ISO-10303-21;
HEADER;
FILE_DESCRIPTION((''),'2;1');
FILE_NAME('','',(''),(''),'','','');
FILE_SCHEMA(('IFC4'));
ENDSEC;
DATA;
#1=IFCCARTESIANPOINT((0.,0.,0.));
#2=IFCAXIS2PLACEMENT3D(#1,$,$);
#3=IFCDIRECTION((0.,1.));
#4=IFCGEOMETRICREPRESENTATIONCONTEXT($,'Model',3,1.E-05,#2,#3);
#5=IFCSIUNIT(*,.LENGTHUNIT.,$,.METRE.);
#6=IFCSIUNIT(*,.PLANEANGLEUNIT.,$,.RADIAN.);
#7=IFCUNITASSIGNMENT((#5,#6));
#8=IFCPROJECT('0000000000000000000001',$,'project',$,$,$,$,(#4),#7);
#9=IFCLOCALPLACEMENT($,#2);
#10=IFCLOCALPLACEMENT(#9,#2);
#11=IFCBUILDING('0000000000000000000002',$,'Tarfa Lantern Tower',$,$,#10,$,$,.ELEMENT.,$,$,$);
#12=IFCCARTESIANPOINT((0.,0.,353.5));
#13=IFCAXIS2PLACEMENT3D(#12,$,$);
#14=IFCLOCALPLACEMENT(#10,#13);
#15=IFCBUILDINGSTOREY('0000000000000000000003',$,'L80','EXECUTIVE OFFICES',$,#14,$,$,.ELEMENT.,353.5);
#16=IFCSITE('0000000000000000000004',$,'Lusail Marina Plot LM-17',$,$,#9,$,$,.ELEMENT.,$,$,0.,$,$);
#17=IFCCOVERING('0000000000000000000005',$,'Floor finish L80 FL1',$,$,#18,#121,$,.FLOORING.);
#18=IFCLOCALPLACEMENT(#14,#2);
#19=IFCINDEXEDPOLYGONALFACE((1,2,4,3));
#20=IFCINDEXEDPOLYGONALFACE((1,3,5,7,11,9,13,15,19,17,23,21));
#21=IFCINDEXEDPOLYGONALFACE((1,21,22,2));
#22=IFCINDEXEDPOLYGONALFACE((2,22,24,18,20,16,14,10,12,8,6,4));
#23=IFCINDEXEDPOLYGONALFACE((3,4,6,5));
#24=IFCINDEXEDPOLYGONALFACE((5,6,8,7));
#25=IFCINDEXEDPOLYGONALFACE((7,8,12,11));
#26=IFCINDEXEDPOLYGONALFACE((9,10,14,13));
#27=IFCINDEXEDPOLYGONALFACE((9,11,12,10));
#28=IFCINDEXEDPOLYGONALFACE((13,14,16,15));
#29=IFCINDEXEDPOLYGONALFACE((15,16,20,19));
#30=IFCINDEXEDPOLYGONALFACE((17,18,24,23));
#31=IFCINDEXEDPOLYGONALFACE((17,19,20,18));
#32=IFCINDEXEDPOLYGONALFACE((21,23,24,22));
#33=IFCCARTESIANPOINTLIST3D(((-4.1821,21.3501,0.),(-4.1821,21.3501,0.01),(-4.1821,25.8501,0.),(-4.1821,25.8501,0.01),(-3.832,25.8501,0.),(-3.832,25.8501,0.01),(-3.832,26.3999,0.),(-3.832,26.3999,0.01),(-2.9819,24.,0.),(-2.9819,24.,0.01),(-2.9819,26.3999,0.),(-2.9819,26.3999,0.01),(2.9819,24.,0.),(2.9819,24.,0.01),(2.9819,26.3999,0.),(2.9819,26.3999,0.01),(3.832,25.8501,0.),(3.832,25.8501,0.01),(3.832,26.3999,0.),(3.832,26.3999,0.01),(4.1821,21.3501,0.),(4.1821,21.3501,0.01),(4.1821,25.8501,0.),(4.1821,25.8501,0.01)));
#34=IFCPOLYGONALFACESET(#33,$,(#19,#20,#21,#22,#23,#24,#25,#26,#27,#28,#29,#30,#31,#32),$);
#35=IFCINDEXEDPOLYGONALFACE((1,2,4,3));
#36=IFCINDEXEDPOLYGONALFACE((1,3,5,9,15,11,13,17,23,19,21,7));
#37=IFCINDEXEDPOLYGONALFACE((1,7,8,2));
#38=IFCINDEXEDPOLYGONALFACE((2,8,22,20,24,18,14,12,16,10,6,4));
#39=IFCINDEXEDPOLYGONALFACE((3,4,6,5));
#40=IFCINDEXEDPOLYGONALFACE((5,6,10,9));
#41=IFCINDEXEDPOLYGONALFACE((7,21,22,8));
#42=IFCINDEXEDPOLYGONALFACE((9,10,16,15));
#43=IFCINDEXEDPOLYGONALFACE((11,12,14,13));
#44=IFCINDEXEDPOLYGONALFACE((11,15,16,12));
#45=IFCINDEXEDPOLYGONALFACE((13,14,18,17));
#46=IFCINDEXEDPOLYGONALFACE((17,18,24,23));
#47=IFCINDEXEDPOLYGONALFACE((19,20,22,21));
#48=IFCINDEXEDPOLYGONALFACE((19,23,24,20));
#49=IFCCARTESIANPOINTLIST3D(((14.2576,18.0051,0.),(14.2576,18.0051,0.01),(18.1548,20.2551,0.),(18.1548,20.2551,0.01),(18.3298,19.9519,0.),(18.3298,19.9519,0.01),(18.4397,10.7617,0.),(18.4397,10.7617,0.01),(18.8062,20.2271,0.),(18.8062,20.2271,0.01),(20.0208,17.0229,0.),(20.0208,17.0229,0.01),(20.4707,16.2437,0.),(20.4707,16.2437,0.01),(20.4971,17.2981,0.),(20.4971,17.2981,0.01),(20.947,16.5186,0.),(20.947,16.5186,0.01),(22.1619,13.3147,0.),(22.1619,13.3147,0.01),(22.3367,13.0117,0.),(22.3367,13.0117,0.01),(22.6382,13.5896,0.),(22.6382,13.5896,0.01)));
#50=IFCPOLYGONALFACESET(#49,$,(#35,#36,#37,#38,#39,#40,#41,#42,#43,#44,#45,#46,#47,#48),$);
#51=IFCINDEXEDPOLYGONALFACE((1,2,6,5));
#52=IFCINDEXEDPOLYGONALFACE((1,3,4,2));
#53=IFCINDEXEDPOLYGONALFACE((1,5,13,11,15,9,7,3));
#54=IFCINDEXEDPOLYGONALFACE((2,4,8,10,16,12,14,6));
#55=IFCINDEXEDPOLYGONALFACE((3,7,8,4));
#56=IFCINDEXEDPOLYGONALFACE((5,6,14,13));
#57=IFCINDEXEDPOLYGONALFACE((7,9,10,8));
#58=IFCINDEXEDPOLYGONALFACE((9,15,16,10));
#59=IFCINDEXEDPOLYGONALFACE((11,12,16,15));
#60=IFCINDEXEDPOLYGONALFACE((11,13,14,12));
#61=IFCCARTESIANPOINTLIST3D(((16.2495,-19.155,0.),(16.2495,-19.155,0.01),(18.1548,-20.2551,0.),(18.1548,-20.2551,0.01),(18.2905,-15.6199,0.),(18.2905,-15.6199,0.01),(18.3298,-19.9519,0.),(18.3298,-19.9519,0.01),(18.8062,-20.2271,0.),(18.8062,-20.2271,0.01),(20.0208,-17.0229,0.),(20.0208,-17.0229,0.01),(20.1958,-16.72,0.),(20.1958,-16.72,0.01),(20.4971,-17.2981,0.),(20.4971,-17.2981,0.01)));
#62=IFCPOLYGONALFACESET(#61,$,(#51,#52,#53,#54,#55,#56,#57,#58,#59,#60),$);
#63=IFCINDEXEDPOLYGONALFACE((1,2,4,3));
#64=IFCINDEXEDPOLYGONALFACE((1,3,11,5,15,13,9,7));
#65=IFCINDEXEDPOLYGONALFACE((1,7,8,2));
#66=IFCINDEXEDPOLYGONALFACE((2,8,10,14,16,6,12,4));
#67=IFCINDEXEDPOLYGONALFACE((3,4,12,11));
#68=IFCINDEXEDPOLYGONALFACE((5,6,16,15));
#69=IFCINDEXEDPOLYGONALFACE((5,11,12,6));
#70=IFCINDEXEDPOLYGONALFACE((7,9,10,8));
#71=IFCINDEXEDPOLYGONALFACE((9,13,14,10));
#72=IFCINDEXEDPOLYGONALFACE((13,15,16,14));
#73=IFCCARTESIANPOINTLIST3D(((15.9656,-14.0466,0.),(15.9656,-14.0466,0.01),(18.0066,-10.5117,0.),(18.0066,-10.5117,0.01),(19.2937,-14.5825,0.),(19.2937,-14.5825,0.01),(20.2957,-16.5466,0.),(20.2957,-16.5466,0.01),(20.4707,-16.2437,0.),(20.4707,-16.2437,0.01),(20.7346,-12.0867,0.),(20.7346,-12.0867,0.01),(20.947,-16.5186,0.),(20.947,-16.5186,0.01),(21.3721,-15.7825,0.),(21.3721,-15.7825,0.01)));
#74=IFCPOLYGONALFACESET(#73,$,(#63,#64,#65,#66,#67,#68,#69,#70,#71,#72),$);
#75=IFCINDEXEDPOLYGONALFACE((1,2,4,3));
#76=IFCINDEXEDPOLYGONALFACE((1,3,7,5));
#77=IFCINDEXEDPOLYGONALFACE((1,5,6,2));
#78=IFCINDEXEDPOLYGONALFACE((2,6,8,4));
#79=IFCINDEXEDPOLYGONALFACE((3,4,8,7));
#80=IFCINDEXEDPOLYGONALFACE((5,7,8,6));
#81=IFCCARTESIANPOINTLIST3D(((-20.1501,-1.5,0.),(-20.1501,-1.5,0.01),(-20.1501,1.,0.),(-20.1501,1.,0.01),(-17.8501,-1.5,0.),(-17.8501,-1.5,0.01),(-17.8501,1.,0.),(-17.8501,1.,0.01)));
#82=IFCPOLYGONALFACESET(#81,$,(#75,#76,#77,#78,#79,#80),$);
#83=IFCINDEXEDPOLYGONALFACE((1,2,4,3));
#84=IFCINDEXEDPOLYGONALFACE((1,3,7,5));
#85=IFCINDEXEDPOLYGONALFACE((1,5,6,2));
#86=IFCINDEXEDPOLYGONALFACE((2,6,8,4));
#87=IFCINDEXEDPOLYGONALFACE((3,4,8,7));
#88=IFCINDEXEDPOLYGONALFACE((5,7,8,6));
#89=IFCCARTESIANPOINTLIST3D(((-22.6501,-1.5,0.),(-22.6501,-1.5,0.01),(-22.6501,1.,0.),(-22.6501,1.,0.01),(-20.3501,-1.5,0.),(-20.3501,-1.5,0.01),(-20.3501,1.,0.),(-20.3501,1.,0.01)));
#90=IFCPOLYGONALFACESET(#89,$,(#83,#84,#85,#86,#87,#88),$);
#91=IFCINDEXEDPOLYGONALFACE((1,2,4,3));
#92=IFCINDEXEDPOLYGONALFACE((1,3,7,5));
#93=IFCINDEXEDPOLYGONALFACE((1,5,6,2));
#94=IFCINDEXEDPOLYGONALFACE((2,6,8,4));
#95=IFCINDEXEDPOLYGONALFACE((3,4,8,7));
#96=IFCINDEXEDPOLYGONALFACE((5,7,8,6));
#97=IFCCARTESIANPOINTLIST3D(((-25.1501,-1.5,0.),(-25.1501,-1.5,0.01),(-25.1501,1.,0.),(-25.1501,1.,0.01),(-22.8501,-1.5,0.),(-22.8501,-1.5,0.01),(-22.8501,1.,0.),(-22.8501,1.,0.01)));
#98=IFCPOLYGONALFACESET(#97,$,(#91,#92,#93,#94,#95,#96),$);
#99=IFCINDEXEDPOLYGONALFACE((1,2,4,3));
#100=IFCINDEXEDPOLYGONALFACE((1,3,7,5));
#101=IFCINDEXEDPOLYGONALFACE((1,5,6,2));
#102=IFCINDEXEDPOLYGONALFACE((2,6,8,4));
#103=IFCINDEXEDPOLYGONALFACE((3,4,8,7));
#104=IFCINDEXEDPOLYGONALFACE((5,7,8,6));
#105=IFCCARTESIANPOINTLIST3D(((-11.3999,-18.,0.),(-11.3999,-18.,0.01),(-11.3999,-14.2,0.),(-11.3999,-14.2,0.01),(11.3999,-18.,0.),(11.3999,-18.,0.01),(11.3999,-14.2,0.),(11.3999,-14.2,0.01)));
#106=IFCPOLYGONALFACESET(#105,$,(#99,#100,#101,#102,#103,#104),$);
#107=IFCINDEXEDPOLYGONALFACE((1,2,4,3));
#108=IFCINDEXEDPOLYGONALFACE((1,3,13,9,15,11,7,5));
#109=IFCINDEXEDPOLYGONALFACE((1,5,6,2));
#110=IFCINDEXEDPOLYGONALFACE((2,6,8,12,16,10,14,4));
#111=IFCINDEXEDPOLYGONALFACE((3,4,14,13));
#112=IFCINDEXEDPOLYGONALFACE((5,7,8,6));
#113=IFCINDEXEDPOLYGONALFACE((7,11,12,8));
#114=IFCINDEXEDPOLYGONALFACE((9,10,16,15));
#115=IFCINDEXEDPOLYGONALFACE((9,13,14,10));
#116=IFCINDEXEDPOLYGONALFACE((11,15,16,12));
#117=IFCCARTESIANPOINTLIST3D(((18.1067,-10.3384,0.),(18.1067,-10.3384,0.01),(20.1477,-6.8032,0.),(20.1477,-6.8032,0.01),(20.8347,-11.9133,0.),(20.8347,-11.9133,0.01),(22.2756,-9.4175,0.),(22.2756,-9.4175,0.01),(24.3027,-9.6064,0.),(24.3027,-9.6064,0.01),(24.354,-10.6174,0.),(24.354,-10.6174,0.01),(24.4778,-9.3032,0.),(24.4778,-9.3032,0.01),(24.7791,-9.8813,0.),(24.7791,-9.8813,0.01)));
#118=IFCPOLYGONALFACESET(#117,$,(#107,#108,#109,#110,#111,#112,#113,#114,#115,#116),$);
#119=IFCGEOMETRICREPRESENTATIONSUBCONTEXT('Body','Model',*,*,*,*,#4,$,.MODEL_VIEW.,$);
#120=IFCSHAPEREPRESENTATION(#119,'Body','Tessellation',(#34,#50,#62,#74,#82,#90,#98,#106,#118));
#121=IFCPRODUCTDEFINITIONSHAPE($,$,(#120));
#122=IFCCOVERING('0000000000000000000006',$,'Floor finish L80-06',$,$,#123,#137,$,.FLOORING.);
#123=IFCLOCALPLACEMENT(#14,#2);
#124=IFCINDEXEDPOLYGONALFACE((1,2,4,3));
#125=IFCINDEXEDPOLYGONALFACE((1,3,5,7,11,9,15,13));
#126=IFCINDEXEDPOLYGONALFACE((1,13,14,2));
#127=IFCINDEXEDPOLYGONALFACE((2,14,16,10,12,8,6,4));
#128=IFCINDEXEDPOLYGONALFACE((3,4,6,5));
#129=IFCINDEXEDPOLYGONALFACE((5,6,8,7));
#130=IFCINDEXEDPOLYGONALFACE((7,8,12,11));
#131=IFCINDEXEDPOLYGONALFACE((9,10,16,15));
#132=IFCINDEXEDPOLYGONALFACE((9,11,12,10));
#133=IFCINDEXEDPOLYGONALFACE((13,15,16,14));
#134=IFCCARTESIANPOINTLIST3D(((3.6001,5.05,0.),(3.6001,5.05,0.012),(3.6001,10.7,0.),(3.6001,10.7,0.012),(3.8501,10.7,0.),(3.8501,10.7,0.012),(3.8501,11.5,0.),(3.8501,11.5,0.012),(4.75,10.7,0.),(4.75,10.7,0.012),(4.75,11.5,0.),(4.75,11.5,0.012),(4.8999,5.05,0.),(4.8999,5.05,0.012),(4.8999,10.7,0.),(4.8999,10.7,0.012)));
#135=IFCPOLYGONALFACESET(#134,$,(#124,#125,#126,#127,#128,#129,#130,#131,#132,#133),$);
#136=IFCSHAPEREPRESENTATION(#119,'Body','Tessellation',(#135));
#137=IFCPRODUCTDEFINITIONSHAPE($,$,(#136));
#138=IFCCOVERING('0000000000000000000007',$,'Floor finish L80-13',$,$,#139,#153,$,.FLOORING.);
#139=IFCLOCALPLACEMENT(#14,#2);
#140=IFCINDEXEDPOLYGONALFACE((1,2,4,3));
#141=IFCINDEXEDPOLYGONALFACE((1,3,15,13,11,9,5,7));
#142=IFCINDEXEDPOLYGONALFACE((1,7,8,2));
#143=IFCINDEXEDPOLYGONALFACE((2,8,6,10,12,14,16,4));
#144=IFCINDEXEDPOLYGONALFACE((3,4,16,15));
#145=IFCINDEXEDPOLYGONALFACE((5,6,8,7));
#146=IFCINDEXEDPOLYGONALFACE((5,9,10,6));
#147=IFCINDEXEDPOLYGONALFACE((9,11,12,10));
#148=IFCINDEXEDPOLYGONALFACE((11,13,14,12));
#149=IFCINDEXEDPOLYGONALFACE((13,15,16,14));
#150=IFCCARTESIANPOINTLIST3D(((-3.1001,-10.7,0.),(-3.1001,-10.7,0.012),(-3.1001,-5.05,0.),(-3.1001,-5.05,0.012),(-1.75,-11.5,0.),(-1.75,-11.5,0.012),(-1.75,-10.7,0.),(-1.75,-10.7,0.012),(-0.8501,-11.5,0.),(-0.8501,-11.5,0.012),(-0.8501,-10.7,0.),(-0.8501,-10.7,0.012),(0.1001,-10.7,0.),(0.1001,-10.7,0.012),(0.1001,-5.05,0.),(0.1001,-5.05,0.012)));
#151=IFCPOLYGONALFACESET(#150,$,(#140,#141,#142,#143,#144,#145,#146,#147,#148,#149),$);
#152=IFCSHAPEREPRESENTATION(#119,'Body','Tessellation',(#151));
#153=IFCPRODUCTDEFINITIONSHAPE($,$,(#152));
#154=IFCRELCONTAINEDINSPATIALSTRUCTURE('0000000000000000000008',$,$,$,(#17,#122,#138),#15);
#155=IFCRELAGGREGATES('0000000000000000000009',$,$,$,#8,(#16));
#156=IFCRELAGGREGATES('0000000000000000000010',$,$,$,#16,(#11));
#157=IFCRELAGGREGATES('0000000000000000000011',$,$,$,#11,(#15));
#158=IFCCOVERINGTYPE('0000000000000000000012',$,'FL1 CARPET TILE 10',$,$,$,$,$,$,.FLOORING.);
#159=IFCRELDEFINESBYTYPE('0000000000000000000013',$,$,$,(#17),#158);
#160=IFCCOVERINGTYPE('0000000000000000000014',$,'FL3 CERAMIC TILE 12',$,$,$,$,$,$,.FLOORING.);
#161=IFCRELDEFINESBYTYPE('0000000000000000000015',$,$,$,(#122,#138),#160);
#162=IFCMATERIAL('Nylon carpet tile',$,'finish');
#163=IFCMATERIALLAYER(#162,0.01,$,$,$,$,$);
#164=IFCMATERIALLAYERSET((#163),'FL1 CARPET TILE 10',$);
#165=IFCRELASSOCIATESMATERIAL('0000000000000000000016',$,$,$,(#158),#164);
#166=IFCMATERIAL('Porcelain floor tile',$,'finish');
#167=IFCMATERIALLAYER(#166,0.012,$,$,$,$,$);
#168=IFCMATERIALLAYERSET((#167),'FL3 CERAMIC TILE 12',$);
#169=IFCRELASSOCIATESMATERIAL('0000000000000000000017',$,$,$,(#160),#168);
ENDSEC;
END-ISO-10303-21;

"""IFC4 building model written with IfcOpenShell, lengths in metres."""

from ifc_helpers import new_model, si_unit, direction, frame, origin, place, context, subcontext, project, spatial, polyline, outline, extrude, material, layer, layer_set, type_object, element, save


model = new_model("IFC4")

# Units and contexts
model_context = context("Model", 3, precision=1e-05, world=origin(), true_north=direction((0.0, 1.0)))
body_context = subcontext(model_context, "Body", "Model", "MODEL_VIEW")
ifc_project = project(units=[si_unit("LENGTHUNIT", "METRE"), si_unit("PLANEANGLEUNIT", "RADIAN")], contexts=[model_context])

# Site, building, storey
site_placement = place(None, origin())
site = spatial("IfcSite", under=ifc_project, at=site_placement, Name="Lusail Marina Plot LM-17", CompositionType="ELEMENT", RefElevation=0.0)
building_placement = place(site_placement, origin())
building = spatial("IfcBuilding", under=site, at=building_placement, Name="Tarfa Lantern Tower", CompositionType="ELEMENT")
storey_placement = place(building_placement, frame((0.0, 0.0, 353.5)))
storey = spatial("IfcBuildingStorey", under=building, at=storey_placement, Name="L80", Description="EXECUTIVE OFFICES", CompositionType="ELEMENT", Elevation=353.5)

# Coverings
ifc_material_1 = material(Name="Nylon carpet tile", Category="finish")
ifc_layer_1 = layer(ifc_material_1, 0.01)
ifc_layer_set_1 = layer_set([ifc_layer_1], Name="FL1 CARPET TILE 10")
covering_type_1 = type_object("IfcCoveringType", Name="FL1 CARPET TILE 10", PredefinedType="FLOORING", material=ifc_layer_set_1)
covering_1_placement = place(storey_placement, origin())
element("IfcCovering", 1, at=covering_1_placement, inside=storey, type_object=covering_type_1, Name="Floor finish L80 FL1", PredefinedType="FLOORING", context=body_context, shape_type="SweptSolid", body=[
    extrude(outline(polyline([(4.1821, 21.3501), (-4.1821, 21.3501), (-4.1821, 25.8501), (-3.832, 25.8501), (-3.832, 26.3999), (-2.9819, 26.3999), (-2.9819, 24.0), (2.9819, 24.0), (2.9819, 26.3999), (3.832, 26.3999), (3.832, 25.8501), (4.1821, 25.8501), (4.1821, 21.3501)])), origin(), (0.0, 0.0, 1.0), 0.01),
    extrude(outline(polyline([(14.2576, 18.0051), (18.1548, 20.2551), (18.3298, 19.9519), (18.8062, 20.2271), (20.4971, 17.2981), (20.0208, 17.0229), (20.4707, 16.2437), (20.947, 16.5186), (22.6382, 13.5896), (22.1619, 13.3147), (22.3367, 13.0117), (18.4397, 10.7617), (14.2576, 18.0051)])), origin(), (0.0, 0.0, 1.0), 0.01),
    extrude(outline(polyline([(16.2495, -19.155), (18.2905, -15.6199), (20.1958, -16.72), (20.0208, -17.0229), (20.4971, -17.2981), (18.8062, -20.2271), (18.3298, -19.9519), (18.1548, -20.2551), (16.2495, -19.155)])), origin(), (0.0, 0.0, 1.0), 0.01),
    extrude(outline(polyline([(18.0066, -10.5117), (20.7346, -12.0867), (19.2937, -14.5825), (21.3721, -15.7825), (20.947, -16.5186), (20.4707, -16.2437), (20.2957, -16.5466), (15.9656, -14.0466), (18.0066, -10.5117)])), origin(), (0.0, 0.0, 1.0), 0.01),
    extrude(outline(polyline([(-20.1501, 1.0), (-17.8501, 1.0), (-17.8501, -1.5), (-20.1501, -1.5), (-20.1501, 1.0)])), origin(), (0.0, 0.0, 1.0), 0.01),
    extrude(outline(polyline([(-22.6501, 1.0), (-20.3501, 1.0), (-20.3501, -1.5), (-22.6501, -1.5), (-22.6501, 1.0)])), origin(), (0.0, 0.0, 1.0), 0.01),
    extrude(outline(polyline([(-25.1501, 1.0), (-22.8501, 1.0), (-22.8501, -1.5), (-25.1501, -1.5), (-25.1501, 1.0)])), origin(), (0.0, 0.0, 1.0), 0.01),
    extrude(outline(polyline([(-11.3999, -14.2), (11.3999, -14.2), (11.3999, -18.0), (-11.3999, -18.0), (-11.3999, -14.2)])), origin(), (0.0, 0.0, 1.0), 0.01),
    extrude(outline(polyline([(20.1477, -6.8032), (24.4778, -9.3032), (24.3027, -9.6064), (24.7791, -9.8813), (24.354, -10.6174), (22.2756, -9.4175), (20.8347, -11.9133), (18.1067, -10.3384), (20.1477, -6.8032)])), origin(), (0.0, 0.0, 1.0), 0.01),
])
ifc_material_2 = material(Name="Porcelain floor tile", Category="finish")
ifc_layer_2 = layer(ifc_material_2, 0.012)
ifc_layer_set_2 = layer_set([ifc_layer_2], Name="FL3 CERAMIC TILE 12")
covering_type_2 = type_object("IfcCoveringType", Name="FL3 CERAMIC TILE 12", PredefinedType="FLOORING", material=ifc_layer_set_2)
covering_2_placement = place(storey_placement, origin())
element("IfcCovering", 2, at=covering_2_placement, inside=storey, type_object=covering_type_2, Name="Floor finish L80-06", PredefinedType="FLOORING", context=body_context, shape_type="SweptSolid", body=[
    extrude(outline(polyline([(3.6001, 5.05), (4.8999, 5.05), (4.8999, 10.7), (4.75, 10.7), (4.75, 11.5), (3.8501, 11.5), (3.8501, 10.7), (3.6001, 10.7), (3.6001, 5.05)])), origin(), (0.0, 0.0, 1.0), 0.012),
])
covering_3_placement = place(storey_placement, origin())
element("IfcCovering", 3, at=covering_3_placement, inside=storey, type_object=covering_type_2, Name="Floor finish L80-13", PredefinedType="FLOORING", context=body_context, shape_type="SweptSolid", body=[
    extrude(outline(polyline([(-0.8501, -10.7), (0.1001, -10.7), (0.1001, -5.05), (-3.1001, -5.05), (-3.1001, -10.7), (-1.75, -10.7), (-1.75, -11.5), (-0.8501, -11.5), (-0.8501, -10.7)])), origin(), (0.0, 0.0, 1.0), 0.012),
])

save(model, "model.ifc")
